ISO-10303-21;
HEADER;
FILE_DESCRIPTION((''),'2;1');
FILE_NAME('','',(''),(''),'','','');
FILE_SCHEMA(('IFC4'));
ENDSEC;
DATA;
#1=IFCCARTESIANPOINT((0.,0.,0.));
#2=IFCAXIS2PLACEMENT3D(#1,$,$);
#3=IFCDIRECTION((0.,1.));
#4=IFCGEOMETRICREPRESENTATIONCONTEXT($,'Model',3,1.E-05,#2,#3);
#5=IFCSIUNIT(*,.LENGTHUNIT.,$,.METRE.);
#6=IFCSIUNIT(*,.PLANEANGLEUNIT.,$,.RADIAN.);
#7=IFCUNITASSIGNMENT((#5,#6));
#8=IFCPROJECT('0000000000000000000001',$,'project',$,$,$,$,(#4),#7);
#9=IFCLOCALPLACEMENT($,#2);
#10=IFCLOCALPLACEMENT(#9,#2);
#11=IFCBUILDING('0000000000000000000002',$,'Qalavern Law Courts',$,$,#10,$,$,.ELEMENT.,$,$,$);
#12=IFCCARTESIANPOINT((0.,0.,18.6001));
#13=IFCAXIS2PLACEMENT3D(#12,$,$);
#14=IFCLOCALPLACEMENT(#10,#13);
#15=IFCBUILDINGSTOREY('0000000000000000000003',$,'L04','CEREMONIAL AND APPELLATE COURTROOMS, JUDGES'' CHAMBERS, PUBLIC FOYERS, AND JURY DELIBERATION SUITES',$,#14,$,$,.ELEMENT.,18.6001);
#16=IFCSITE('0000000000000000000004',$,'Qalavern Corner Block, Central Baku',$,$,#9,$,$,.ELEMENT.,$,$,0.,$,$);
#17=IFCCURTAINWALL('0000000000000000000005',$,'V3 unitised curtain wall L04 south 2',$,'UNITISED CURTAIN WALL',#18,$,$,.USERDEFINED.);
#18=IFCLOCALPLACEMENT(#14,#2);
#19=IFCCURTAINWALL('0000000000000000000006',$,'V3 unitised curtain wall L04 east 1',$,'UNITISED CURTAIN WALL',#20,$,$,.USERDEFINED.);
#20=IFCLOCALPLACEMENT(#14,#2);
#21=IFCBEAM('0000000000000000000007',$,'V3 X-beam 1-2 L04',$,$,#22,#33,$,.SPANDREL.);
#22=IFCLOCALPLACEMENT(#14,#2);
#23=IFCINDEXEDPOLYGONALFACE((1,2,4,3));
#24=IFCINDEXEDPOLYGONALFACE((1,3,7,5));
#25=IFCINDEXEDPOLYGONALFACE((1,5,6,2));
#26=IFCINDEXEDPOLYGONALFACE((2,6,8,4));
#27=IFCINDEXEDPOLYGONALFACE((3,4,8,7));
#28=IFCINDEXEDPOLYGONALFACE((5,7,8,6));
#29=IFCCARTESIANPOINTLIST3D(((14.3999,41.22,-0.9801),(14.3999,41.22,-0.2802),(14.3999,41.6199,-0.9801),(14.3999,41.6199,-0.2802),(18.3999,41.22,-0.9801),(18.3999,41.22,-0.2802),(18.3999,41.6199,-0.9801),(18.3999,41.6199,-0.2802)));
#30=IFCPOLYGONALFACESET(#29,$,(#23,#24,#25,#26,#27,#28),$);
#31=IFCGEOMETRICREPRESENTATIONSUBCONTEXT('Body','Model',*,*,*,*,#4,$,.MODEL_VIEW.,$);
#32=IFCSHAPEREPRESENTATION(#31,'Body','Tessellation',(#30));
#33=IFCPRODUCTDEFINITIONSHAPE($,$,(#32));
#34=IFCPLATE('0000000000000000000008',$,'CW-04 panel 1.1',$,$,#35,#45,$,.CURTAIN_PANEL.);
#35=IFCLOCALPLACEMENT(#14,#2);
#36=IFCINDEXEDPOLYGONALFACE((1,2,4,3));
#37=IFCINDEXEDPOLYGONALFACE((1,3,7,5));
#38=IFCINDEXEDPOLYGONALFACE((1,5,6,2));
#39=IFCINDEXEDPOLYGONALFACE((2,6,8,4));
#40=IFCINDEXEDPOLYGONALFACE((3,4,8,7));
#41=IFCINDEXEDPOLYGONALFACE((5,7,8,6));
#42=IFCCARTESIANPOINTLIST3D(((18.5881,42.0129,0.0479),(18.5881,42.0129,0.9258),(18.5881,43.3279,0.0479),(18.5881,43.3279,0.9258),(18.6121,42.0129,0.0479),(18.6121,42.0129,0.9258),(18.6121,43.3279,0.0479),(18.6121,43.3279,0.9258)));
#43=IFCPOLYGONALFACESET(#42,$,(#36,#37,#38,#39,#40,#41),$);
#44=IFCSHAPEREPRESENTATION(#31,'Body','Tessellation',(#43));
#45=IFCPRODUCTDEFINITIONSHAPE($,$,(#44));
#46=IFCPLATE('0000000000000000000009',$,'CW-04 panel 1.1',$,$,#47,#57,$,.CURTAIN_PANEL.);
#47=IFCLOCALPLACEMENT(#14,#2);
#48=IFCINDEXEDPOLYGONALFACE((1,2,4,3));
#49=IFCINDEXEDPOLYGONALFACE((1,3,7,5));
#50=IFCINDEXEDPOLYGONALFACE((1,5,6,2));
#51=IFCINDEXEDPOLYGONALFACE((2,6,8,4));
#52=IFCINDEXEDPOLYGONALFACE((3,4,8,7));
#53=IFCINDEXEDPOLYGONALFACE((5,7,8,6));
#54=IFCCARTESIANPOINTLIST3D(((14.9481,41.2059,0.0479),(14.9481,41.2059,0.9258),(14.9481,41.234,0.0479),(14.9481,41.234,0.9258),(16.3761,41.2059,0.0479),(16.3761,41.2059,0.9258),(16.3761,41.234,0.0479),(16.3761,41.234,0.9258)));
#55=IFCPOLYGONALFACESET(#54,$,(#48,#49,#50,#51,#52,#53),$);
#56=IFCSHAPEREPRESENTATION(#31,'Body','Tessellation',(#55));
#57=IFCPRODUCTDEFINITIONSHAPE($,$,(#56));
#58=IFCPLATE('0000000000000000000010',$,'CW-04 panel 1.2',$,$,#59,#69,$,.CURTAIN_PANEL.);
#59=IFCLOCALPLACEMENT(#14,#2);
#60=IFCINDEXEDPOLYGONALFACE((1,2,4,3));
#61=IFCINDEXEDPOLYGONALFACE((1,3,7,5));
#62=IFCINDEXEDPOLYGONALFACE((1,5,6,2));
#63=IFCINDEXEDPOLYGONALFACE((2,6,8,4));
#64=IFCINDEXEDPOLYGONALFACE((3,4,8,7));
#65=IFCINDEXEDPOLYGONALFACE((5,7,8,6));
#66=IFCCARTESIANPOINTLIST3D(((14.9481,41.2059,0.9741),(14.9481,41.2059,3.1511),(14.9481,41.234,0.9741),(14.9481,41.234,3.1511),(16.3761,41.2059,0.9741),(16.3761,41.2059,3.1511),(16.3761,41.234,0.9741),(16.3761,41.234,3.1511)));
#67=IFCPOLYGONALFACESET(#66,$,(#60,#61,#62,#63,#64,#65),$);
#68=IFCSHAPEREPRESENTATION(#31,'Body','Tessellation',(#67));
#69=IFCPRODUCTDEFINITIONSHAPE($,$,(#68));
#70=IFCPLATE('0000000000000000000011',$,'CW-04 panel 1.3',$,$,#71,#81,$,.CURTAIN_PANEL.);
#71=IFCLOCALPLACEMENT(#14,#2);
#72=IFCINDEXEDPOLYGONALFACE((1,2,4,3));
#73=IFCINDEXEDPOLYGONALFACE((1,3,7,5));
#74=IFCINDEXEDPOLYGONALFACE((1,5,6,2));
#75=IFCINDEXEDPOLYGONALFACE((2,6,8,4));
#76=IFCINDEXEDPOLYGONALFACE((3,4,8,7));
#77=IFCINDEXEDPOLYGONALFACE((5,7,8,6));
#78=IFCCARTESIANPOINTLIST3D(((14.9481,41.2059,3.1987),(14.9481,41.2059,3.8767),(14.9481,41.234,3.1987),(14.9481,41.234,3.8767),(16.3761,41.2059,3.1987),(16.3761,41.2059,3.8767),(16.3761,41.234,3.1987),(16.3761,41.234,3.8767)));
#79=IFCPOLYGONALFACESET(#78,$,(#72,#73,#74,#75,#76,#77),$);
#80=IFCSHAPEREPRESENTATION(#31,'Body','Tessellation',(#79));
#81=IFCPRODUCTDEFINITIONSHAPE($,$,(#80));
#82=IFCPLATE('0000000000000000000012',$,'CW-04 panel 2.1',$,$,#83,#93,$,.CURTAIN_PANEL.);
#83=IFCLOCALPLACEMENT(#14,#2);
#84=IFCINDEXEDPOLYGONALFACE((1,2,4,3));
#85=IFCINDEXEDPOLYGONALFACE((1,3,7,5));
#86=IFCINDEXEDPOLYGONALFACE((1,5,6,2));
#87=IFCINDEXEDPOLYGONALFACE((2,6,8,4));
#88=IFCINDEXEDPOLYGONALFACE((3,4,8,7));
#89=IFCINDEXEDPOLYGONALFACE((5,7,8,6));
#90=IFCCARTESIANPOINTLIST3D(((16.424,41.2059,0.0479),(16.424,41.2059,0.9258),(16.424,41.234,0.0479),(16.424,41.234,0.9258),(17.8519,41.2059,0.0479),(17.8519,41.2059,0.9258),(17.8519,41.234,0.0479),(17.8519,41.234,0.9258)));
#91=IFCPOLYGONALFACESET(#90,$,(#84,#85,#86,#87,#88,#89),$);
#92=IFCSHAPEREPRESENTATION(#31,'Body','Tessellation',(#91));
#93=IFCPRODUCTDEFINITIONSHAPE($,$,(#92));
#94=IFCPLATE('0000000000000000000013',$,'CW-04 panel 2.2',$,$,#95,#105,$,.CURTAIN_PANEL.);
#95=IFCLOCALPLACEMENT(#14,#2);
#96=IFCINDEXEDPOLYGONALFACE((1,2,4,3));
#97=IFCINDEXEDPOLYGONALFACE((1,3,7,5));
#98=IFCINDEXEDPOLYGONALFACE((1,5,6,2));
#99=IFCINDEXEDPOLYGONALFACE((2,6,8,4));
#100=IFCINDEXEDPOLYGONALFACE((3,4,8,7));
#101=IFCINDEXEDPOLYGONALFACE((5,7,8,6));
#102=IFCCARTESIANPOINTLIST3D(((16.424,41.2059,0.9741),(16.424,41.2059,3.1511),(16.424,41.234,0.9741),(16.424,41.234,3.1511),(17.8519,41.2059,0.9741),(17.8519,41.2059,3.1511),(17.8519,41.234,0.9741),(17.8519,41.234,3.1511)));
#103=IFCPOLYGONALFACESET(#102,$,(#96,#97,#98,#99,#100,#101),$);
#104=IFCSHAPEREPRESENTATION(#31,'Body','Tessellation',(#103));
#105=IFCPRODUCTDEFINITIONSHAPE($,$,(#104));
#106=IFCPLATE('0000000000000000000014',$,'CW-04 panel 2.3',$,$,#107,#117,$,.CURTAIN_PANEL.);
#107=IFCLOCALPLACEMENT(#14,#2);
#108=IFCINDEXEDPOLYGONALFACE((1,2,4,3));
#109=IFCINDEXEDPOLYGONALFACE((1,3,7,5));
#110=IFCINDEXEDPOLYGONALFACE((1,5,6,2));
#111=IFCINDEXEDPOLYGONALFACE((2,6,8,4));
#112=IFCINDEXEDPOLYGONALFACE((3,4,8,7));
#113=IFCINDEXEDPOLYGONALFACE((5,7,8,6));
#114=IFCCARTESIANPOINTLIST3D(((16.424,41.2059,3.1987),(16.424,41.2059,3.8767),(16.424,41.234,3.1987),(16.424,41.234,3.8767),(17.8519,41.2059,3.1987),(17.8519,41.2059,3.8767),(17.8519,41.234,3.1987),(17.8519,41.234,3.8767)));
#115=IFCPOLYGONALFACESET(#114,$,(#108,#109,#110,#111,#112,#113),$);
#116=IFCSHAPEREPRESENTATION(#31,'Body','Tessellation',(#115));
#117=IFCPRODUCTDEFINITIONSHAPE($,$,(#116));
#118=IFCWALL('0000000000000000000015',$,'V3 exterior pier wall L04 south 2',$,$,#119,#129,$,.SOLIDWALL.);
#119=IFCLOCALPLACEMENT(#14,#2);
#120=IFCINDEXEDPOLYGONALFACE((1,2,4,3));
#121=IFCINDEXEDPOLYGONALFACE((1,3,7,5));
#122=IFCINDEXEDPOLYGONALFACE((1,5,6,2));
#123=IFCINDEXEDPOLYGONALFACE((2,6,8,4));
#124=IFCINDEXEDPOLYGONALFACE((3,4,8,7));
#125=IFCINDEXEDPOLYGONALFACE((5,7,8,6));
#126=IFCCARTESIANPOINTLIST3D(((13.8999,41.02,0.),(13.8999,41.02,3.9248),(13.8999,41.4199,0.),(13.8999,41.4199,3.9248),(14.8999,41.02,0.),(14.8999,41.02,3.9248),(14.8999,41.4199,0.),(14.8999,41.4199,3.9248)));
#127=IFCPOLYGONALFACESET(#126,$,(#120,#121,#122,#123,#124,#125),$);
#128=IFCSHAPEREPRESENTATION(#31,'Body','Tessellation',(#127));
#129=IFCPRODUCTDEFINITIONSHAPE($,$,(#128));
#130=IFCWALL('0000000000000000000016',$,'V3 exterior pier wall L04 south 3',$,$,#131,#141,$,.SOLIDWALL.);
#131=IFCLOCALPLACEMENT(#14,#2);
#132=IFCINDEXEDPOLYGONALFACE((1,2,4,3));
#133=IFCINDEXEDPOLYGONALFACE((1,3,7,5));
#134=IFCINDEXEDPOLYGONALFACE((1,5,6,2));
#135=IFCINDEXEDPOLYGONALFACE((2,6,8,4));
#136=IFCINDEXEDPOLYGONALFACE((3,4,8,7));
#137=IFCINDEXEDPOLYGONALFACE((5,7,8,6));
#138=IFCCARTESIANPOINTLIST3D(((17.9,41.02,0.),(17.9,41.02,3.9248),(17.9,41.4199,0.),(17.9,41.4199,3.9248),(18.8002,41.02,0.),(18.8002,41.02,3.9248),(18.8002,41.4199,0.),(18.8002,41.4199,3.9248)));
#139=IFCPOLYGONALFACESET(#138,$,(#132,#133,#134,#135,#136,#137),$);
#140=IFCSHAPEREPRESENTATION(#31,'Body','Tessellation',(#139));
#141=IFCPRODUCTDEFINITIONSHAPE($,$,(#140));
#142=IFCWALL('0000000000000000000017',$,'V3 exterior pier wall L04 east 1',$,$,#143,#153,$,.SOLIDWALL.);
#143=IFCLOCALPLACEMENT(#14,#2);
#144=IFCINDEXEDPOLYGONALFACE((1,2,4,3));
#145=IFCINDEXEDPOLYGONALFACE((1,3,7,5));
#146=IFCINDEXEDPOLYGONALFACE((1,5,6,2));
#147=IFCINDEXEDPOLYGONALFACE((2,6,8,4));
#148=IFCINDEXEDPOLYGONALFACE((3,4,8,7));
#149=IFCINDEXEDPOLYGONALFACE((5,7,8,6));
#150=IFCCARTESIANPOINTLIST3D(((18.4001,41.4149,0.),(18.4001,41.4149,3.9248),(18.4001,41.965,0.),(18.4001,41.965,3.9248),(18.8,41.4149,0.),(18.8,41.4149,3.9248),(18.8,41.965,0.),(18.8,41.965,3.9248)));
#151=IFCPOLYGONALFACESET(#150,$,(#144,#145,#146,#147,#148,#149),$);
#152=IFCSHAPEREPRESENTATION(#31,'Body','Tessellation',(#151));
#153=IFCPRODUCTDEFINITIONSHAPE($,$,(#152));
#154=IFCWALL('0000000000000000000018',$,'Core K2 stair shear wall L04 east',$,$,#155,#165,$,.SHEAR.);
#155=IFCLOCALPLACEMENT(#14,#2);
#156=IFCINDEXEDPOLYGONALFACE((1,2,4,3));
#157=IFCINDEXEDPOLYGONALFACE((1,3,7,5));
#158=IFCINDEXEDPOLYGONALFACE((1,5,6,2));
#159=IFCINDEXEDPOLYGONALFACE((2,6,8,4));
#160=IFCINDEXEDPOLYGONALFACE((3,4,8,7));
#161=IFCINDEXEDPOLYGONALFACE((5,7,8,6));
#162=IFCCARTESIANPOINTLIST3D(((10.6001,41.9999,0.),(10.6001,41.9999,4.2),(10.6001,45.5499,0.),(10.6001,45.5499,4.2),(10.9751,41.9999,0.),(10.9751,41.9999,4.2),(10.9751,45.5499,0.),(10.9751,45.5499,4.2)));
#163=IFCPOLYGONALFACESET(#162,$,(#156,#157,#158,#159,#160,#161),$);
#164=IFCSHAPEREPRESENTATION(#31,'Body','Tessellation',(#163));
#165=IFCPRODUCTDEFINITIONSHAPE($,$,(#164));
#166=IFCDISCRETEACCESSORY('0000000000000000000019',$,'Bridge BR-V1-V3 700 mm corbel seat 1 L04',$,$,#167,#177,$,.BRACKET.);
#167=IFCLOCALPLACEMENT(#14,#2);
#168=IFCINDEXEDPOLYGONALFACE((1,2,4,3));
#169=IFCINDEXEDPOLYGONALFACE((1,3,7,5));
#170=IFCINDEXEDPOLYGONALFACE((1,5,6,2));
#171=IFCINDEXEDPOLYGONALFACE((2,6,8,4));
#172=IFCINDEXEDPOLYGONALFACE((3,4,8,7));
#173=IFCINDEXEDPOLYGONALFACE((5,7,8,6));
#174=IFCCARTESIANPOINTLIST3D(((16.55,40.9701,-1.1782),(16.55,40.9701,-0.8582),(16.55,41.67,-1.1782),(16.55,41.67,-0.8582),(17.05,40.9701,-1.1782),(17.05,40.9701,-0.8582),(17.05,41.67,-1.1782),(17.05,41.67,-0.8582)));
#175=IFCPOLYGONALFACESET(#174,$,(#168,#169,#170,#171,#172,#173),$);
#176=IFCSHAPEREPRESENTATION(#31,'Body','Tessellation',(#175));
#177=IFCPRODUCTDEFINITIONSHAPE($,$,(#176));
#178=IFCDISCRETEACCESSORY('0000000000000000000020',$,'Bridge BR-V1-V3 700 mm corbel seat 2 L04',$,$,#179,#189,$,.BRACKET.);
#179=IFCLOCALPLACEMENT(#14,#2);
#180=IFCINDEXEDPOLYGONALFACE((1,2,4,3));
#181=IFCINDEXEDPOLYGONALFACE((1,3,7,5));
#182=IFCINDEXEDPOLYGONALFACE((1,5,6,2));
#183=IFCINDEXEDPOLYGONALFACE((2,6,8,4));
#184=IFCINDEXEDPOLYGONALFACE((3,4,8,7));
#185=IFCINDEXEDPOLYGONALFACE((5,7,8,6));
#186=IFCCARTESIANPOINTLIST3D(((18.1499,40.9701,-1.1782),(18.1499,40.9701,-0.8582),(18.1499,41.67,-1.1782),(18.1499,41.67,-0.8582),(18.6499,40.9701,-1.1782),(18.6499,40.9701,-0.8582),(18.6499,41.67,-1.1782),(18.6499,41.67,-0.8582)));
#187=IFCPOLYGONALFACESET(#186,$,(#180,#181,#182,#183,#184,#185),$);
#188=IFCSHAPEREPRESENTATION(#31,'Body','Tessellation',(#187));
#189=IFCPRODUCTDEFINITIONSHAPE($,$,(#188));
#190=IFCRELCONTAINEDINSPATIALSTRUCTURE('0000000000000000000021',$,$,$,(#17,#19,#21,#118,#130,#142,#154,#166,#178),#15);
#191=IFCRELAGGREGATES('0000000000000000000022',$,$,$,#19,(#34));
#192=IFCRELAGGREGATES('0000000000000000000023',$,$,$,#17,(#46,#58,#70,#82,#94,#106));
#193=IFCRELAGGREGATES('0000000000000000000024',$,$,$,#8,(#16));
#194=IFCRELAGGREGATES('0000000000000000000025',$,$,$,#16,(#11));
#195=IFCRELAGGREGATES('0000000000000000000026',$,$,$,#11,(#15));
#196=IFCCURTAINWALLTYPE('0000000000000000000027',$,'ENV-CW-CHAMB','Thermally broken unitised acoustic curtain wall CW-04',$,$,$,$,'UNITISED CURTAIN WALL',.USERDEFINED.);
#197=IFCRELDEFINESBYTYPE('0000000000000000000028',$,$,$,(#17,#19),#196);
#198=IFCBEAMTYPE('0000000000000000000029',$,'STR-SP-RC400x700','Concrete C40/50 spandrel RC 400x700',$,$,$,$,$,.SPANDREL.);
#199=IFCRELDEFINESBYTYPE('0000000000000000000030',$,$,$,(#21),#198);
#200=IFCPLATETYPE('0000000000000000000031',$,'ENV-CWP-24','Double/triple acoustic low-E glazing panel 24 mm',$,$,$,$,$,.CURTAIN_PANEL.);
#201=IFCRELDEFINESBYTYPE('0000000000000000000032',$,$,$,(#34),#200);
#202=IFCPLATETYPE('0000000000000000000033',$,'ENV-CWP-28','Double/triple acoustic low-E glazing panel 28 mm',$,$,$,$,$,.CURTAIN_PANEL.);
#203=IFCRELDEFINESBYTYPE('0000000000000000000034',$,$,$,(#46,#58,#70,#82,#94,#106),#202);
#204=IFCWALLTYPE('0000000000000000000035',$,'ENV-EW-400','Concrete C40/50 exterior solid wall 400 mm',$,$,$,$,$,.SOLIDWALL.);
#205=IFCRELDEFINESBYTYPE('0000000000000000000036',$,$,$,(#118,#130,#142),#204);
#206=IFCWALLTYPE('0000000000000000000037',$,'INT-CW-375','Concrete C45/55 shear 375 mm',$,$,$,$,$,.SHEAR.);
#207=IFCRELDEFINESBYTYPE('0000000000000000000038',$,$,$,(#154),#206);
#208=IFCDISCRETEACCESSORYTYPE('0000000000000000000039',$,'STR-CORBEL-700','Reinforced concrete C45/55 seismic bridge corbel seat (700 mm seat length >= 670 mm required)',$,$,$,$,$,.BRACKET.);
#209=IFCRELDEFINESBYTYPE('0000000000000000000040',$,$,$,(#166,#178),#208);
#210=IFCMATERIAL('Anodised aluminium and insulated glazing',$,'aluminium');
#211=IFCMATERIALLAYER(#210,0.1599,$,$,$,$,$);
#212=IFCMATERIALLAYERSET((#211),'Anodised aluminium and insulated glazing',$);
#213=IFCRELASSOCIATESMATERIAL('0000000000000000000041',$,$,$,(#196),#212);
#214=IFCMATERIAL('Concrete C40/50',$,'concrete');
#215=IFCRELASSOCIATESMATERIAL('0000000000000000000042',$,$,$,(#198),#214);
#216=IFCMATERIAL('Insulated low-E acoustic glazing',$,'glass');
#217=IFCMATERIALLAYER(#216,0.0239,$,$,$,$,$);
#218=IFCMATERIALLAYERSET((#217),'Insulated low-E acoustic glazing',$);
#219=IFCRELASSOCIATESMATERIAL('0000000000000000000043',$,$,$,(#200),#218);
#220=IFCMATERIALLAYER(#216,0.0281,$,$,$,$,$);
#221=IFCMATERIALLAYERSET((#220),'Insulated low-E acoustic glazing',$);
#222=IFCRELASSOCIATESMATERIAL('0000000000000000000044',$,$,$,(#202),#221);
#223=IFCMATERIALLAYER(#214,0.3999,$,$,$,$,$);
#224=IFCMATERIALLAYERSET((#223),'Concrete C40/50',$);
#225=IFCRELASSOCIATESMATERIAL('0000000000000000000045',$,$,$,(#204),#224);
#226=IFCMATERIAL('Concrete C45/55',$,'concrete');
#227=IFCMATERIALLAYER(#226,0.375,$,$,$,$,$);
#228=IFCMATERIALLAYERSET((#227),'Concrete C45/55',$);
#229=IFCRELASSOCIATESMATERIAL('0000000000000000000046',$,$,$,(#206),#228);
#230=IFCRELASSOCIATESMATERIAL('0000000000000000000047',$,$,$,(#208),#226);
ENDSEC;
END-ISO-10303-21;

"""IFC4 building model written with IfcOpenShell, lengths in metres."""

from ifc_helpers import new_model, si_unit, direction, frame, frame_2d, origin, origin_2d, place, context, subcontext, project, spatial, rectangle, extrude, material, layer, layer_set, material_profile, profile_set, type_object, element, aggregate, save


model = new_model("IFC4")

# Units and contexts
model_context = context("Model", 3, precision=1e-05, world=origin(), true_north=direction((0.0, 1.0)))
body_context = subcontext(model_context, "Body", "Model", "MODEL_VIEW")
ifc_project = project(units=[si_unit("LENGTHUNIT", "METRE"), si_unit("PLANEANGLEUNIT", "RADIAN")], contexts=[model_context])

# Site, building, storey
site_placement = place(None, origin())
site = spatial("IfcSite", under=ifc_project, at=site_placement, Name="Qalavern Corner Block, Central Baku", CompositionType="ELEMENT", RefElevation=0.0)
building_placement = place(site_placement, origin())
building = spatial("IfcBuilding", under=site, at=building_placement, Name="Qalavern Law Courts", CompositionType="ELEMENT")
storey_placement = place(building_placement, frame((0.0, 0.0, 18.6001)))
storey = spatial("IfcBuildingStorey", under=building, at=storey_placement, Name="L04", Description="CEREMONIAL AND APPELLATE COURTROOMS, JUDGES' CHAMBERS, PUBLIC FOYERS, AND JURY DELIBERATION SUITES", CompositionType="ELEMENT", Elevation=18.6001)

# Shared definitions
ifc_material_1 = material(Name="Concrete C45/55", Category="concrete")

# Curtain wall
ifc_material_2 = material(Name="Anodised aluminium and insulated glazing", Category="aluminium")
ifc_layer_1 = layer(ifc_material_2, 0.1599)
ifc_layer_set_1 = layer_set([ifc_layer_1], Name="Anodised aluminium and insulated glazing")
curtain_wall_type = type_object("IfcCurtainWallType", Name="ENV-CW-CHAMB", Description="Thermally broken unitised acoustic curtain wall CW-04", ElementType="UNITISED CURTAIN WALL", PredefinedType="USERDEFINED", material=ifc_layer_set_1)
curtain_wall_1_placement = place(storey_placement, origin())
curtain_wall_1 = element("IfcCurtainWall", 1, at=curtain_wall_1_placement, inside=storey, type_object=curtain_wall_type, Name="V3 unitised curtain wall L04 south 2", ObjectType="UNITISED CURTAIN WALL", PredefinedType="USERDEFINED")

# Curtain wall
curtain_wall_2_placement = place(storey_placement, origin())
curtain_wall_2 = element("IfcCurtainWall", 2, at=curtain_wall_2_placement, inside=storey, type_object=curtain_wall_type, Name="V3 unitised curtain wall L04 east 1", ObjectType="UNITISED CURTAIN WALL", PredefinedType="USERDEFINED")

# Beam
ifc_material_3 = material(Name="Concrete C40/50", Category="concrete")
ifc_material_profile_1 = material_profile(ifc_material_3, rectangle(XDim=0.3999, YDim=0.7, at=origin_2d()), Name="RC 400x700")
ifc_profile_set_1 = profile_set([ifc_material_profile_1], Name="Concrete C40/50")
beam_type_1 = type_object("IfcBeamType", Name="STR-SP-RC400x700", Description="Concrete C40/50 spandrel RC 400x700", PredefinedType="SPANDREL", material=ifc_profile_set_1)
beam_1_placement = place(storey_placement, frame((14.3999, 41.4199, -0.6301), z_axis=(1.0, 0.0, 0.0), x_axis=(0.0, 1.0, 0.0)))
element("IfcBeam", 3, at=beam_1_placement, inside=storey, type_object=beam_type_1, Name="V3 X-beam 1-2 L04", PredefinedType="SPANDREL", context=body_context, shape_type="SweptSolid", body=[
    extrude(rectangle(XDim=0.3999, YDim=0.7, at=origin_2d()), origin(), (0.0, 0.0, 1.0), 4.0),
])

# Plates
ifc_material_4 = material(Name="Insulated low-E acoustic glazing", Category="glass")
ifc_layer_2 = layer(ifc_material_4, 0.0239)
ifc_layer_set_2 = layer_set([ifc_layer_2], Name="Insulated low-E acoustic glazing")
plate_type_1 = type_object("IfcPlateType", Name="ENV-CWP-24", Description="Double/triple acoustic low-E glazing panel 24 mm", PredefinedType="CURTAIN_PANEL", material=ifc_layer_set_2)
plate_1_placement = place(storey_placement, frame((18.6001, 42.6704, 0.0479), z_axis=(0.0, 0.0, 1.0), x_axis=(0.0, 1.0, 0.0)))
plate_1 = element("IfcPlate", 4, at=plate_1_placement, type_object=plate_type_1, Name="CW-04 panel 1.1", PredefinedType="CURTAIN_PANEL", context=body_context, shape_type="SweptSolid", body=[
    extrude(rectangle(XDim=1.3149, YDim=0.0239, at=origin_2d()), origin(), (0.0, 0.0, 1.0), 0.8779),
])
aggregate(curtain_wall_2, [plate_1])
ifc_layer_3 = layer(ifc_material_4, 0.0281)
ifc_layer_set_3 = layer_set([ifc_layer_3], Name="Insulated low-E acoustic glazing")
plate_type_2 = type_object("IfcPlateType", Name="ENV-CWP-28", Description="Double/triple acoustic low-E glazing panel 28 mm", PredefinedType="CURTAIN_PANEL", material=ifc_layer_set_3)
plate_2_placement = place(storey_placement, frame((15.6621, 41.22, 0.0479), z_axis=(0.0, 0.0, 1.0), x_axis=(1.0, 0.0, 0.0)))
plate_2 = element("IfcPlate", 5, at=plate_2_placement, type_object=plate_type_2, Name="CW-04 panel 1.1", PredefinedType="CURTAIN_PANEL", context=body_context, shape_type="SweptSolid", body=[
    extrude(rectangle(XDim=1.428, YDim=0.0281, at=origin_2d()), origin(), (0.0, 0.0, 1.0), 0.8779),
])
plate_3_placement = place(storey_placement, frame((15.6621, 41.22, 0.9741), z_axis=(0.0, 0.0, 1.0), x_axis=(1.0, 0.0, 0.0)))
plate_3 = element("IfcPlate", 6, at=plate_3_placement, type_object=plate_type_2, Name="CW-04 panel 1.2", PredefinedType="CURTAIN_PANEL", context=body_context, shape_type="SweptSolid", body=[
    extrude(rectangle(XDim=1.428, YDim=0.0281, at=origin_2d()), origin(), (0.0, 0.0, 1.0), 2.177),
])
plate_4_placement = place(storey_placement, frame((15.6621, 41.22, 3.1987), z_axis=(0.0, 0.0, 1.0), x_axis=(1.0, 0.0, 0.0)))
plate_4 = element("IfcPlate", 7, at=plate_4_placement, type_object=plate_type_2, Name="CW-04 panel 1.3", PredefinedType="CURTAIN_PANEL", context=body_context, shape_type="SweptSolid", body=[
    extrude(rectangle(XDim=1.428, YDim=0.0281, at=origin_2d()), origin(), (0.0, 0.0, 1.0), 0.678),
])
plate_5_placement = place(storey_placement, frame((17.1379, 41.22, 0.0479), z_axis=(0.0, 0.0, 1.0), x_axis=(1.0, 0.0, 0.0)))
plate_5 = element("IfcPlate", 8, at=plate_5_placement, type_object=plate_type_2, Name="CW-04 panel 2.1", PredefinedType="CURTAIN_PANEL", context=body_context, shape_type="SweptSolid", body=[
    extrude(rectangle(XDim=1.428, YDim=0.0281, at=origin_2d()), origin(), (0.0, 0.0, 1.0), 0.8779),
])
plate_6_placement = place(storey_placement, frame((17.1379, 41.22, 0.9741), z_axis=(0.0, 0.0, 1.0), x_axis=(1.0, 0.0, 0.0)))
plate_6 = element("IfcPlate", 9, at=plate_6_placement, type_object=plate_type_2, Name="CW-04 panel 2.2", PredefinedType="CURTAIN_PANEL", context=body_context, shape_type="SweptSolid", body=[
    extrude(rectangle(XDim=1.428, YDim=0.0281, at=origin_2d()), origin(), (0.0, 0.0, 1.0), 2.177),
])
plate_7_placement = place(storey_placement, frame((17.1379, 41.22, 3.1987), z_axis=(0.0, 0.0, 1.0), x_axis=(1.0, 0.0, 0.0)))
plate_7 = element("IfcPlate", 10, at=plate_7_placement, type_object=plate_type_2, Name="CW-04 panel 2.3", PredefinedType="CURTAIN_PANEL", context=body_context, shape_type="SweptSolid", body=[
    extrude(rectangle(XDim=1.428, YDim=0.0281, at=origin_2d()), origin(), (0.0, 0.0, 1.0), 0.678),
])
aggregate(curtain_wall_1, [plate_2, plate_3, plate_4, plate_5, plate_6, plate_7])

# Walls
ifc_layer_4 = layer(ifc_material_3, 0.3999)
ifc_layer_set_4 = layer_set([ifc_layer_4], Name="Concrete C40/50")
wall_type_1 = type_object("IfcWallType", Name="ENV-EW-400", Description="Concrete C40/50 exterior solid wall 400 mm", PredefinedType="SOLIDWALL", material=ifc_layer_set_4)
wall_1_placement = place(storey_placement, frame((13.8999, 41.22, 0.0), z_axis=(0.0, 0.0, 1.0), x_axis=(1.0, 0.0, 0.0)))
element("IfcWall", 11, at=wall_1_placement, inside=storey, type_object=wall_type_1, Name="V3 exterior pier wall L04 south 2", PredefinedType="SOLIDWALL", context=body_context, shape_type="SweptSolid", body=[
    extrude(rectangle(XDim=1.0, YDim=0.3999, at=frame_2d((0.5, 0.0))), origin(), (0.0, 0.0, 1.0), 3.9248),
])
wall_2_placement = place(storey_placement, frame((17.8999, 41.22, 0.0), z_axis=(0.0, 0.0, 1.0), x_axis=(1.0, 0.0, 0.0)))
element("IfcWall", 12, at=wall_2_placement, inside=storey, type_object=wall_type_1, Name="V3 exterior pier wall L04 south 3", PredefinedType="SOLIDWALL", context=body_context, shape_type="SweptSolid", body=[
    extrude(rectangle(XDim=0.9001, YDim=0.3999, at=frame_2d((0.4502, 0.0))), origin(), (0.0, 0.0, 1.0), 3.9248),
])
wall_3_placement = place(storey_placement, frame((18.6001, 41.415, 0.0), z_axis=(0.0, 0.0, 1.0), x_axis=(0.0, 1.0, 0.0)))
element("IfcWall", 13, at=wall_3_placement, inside=storey, type_object=wall_type_1, Name="V3 exterior pier wall L04 east 1", PredefinedType="SOLIDWALL", context=body_context, shape_type="SweptSolid", body=[
    extrude(rectangle(XDim=0.55, YDim=0.3999, at=frame_2d((0.2749, 0.0))), origin(), (0.0, 0.0, 1.0), 3.9248),
])
ifc_layer_5 = layer(ifc_material_1, 0.375)
ifc_layer_set_5 = layer_set([ifc_layer_5], Name="Concrete C45/55")
wall_type_2 = type_object("IfcWallType", Name="INT-CW-375", Description="Concrete C45/55 shear 375 mm", PredefinedType="SHEAR", material=ifc_layer_set_5)
wall_4_placement = place(storey_placement, frame((10.7876, 42.0, 0.0), z_axis=(0.0, 0.0, 1.0), x_axis=(0.0, 1.0, 0.0)))
element("IfcWall", 14, at=wall_4_placement, inside=storey, type_object=wall_type_2, Name="Core K2 stair shear wall L04 east", PredefinedType="SHEAR", context=body_context, shape_type="SweptSolid", body=[
    extrude(rectangle(XDim=3.55, YDim=0.375, at=frame_2d((1.7749, 0.0))), origin(), (0.0, 0.0, 1.0), 4.2),
])

# Discrete accessories
discrete_accessory_type_1 = type_object("IfcDiscreteAccessoryType", Name="STR-CORBEL-700", Description="Reinforced concrete C45/55 seismic bridge corbel seat (700 mm seat length >= 670 mm required)", PredefinedType="BRACKET", material=ifc_material_1)
for number, where, z_axis, x_axis, name in (
    (15, (16.8, 41.3201, -1.1782), (0.0, 0.0, 1.0), (1.0, 0.0, 0.0), "Bridge BR-V1-V3 700 mm corbel seat 1 L04"),
    (16, (18.3999, 41.3201, -1.1782), (0.0, 0.0, 1.0), (1.0, 0.0, 0.0), "Bridge BR-V1-V3 700 mm corbel seat 2 L04"),
):
    element("IfcDiscreteAccessory", number, at=place(storey_placement, frame(where, z_axis=z_axis, x_axis=x_axis)), inside=storey, type_object=discrete_accessory_type_1, Name=name, PredefinedType="BRACKET", context=body_context, shape_type="SweptSolid", body=[
        extrude(rectangle(XDim=0.5, YDim=0.7, at=origin_2d()), origin(), (0.0, 0.0, 1.0), 0.3201),
    ])

save(model, "model.ifc")
